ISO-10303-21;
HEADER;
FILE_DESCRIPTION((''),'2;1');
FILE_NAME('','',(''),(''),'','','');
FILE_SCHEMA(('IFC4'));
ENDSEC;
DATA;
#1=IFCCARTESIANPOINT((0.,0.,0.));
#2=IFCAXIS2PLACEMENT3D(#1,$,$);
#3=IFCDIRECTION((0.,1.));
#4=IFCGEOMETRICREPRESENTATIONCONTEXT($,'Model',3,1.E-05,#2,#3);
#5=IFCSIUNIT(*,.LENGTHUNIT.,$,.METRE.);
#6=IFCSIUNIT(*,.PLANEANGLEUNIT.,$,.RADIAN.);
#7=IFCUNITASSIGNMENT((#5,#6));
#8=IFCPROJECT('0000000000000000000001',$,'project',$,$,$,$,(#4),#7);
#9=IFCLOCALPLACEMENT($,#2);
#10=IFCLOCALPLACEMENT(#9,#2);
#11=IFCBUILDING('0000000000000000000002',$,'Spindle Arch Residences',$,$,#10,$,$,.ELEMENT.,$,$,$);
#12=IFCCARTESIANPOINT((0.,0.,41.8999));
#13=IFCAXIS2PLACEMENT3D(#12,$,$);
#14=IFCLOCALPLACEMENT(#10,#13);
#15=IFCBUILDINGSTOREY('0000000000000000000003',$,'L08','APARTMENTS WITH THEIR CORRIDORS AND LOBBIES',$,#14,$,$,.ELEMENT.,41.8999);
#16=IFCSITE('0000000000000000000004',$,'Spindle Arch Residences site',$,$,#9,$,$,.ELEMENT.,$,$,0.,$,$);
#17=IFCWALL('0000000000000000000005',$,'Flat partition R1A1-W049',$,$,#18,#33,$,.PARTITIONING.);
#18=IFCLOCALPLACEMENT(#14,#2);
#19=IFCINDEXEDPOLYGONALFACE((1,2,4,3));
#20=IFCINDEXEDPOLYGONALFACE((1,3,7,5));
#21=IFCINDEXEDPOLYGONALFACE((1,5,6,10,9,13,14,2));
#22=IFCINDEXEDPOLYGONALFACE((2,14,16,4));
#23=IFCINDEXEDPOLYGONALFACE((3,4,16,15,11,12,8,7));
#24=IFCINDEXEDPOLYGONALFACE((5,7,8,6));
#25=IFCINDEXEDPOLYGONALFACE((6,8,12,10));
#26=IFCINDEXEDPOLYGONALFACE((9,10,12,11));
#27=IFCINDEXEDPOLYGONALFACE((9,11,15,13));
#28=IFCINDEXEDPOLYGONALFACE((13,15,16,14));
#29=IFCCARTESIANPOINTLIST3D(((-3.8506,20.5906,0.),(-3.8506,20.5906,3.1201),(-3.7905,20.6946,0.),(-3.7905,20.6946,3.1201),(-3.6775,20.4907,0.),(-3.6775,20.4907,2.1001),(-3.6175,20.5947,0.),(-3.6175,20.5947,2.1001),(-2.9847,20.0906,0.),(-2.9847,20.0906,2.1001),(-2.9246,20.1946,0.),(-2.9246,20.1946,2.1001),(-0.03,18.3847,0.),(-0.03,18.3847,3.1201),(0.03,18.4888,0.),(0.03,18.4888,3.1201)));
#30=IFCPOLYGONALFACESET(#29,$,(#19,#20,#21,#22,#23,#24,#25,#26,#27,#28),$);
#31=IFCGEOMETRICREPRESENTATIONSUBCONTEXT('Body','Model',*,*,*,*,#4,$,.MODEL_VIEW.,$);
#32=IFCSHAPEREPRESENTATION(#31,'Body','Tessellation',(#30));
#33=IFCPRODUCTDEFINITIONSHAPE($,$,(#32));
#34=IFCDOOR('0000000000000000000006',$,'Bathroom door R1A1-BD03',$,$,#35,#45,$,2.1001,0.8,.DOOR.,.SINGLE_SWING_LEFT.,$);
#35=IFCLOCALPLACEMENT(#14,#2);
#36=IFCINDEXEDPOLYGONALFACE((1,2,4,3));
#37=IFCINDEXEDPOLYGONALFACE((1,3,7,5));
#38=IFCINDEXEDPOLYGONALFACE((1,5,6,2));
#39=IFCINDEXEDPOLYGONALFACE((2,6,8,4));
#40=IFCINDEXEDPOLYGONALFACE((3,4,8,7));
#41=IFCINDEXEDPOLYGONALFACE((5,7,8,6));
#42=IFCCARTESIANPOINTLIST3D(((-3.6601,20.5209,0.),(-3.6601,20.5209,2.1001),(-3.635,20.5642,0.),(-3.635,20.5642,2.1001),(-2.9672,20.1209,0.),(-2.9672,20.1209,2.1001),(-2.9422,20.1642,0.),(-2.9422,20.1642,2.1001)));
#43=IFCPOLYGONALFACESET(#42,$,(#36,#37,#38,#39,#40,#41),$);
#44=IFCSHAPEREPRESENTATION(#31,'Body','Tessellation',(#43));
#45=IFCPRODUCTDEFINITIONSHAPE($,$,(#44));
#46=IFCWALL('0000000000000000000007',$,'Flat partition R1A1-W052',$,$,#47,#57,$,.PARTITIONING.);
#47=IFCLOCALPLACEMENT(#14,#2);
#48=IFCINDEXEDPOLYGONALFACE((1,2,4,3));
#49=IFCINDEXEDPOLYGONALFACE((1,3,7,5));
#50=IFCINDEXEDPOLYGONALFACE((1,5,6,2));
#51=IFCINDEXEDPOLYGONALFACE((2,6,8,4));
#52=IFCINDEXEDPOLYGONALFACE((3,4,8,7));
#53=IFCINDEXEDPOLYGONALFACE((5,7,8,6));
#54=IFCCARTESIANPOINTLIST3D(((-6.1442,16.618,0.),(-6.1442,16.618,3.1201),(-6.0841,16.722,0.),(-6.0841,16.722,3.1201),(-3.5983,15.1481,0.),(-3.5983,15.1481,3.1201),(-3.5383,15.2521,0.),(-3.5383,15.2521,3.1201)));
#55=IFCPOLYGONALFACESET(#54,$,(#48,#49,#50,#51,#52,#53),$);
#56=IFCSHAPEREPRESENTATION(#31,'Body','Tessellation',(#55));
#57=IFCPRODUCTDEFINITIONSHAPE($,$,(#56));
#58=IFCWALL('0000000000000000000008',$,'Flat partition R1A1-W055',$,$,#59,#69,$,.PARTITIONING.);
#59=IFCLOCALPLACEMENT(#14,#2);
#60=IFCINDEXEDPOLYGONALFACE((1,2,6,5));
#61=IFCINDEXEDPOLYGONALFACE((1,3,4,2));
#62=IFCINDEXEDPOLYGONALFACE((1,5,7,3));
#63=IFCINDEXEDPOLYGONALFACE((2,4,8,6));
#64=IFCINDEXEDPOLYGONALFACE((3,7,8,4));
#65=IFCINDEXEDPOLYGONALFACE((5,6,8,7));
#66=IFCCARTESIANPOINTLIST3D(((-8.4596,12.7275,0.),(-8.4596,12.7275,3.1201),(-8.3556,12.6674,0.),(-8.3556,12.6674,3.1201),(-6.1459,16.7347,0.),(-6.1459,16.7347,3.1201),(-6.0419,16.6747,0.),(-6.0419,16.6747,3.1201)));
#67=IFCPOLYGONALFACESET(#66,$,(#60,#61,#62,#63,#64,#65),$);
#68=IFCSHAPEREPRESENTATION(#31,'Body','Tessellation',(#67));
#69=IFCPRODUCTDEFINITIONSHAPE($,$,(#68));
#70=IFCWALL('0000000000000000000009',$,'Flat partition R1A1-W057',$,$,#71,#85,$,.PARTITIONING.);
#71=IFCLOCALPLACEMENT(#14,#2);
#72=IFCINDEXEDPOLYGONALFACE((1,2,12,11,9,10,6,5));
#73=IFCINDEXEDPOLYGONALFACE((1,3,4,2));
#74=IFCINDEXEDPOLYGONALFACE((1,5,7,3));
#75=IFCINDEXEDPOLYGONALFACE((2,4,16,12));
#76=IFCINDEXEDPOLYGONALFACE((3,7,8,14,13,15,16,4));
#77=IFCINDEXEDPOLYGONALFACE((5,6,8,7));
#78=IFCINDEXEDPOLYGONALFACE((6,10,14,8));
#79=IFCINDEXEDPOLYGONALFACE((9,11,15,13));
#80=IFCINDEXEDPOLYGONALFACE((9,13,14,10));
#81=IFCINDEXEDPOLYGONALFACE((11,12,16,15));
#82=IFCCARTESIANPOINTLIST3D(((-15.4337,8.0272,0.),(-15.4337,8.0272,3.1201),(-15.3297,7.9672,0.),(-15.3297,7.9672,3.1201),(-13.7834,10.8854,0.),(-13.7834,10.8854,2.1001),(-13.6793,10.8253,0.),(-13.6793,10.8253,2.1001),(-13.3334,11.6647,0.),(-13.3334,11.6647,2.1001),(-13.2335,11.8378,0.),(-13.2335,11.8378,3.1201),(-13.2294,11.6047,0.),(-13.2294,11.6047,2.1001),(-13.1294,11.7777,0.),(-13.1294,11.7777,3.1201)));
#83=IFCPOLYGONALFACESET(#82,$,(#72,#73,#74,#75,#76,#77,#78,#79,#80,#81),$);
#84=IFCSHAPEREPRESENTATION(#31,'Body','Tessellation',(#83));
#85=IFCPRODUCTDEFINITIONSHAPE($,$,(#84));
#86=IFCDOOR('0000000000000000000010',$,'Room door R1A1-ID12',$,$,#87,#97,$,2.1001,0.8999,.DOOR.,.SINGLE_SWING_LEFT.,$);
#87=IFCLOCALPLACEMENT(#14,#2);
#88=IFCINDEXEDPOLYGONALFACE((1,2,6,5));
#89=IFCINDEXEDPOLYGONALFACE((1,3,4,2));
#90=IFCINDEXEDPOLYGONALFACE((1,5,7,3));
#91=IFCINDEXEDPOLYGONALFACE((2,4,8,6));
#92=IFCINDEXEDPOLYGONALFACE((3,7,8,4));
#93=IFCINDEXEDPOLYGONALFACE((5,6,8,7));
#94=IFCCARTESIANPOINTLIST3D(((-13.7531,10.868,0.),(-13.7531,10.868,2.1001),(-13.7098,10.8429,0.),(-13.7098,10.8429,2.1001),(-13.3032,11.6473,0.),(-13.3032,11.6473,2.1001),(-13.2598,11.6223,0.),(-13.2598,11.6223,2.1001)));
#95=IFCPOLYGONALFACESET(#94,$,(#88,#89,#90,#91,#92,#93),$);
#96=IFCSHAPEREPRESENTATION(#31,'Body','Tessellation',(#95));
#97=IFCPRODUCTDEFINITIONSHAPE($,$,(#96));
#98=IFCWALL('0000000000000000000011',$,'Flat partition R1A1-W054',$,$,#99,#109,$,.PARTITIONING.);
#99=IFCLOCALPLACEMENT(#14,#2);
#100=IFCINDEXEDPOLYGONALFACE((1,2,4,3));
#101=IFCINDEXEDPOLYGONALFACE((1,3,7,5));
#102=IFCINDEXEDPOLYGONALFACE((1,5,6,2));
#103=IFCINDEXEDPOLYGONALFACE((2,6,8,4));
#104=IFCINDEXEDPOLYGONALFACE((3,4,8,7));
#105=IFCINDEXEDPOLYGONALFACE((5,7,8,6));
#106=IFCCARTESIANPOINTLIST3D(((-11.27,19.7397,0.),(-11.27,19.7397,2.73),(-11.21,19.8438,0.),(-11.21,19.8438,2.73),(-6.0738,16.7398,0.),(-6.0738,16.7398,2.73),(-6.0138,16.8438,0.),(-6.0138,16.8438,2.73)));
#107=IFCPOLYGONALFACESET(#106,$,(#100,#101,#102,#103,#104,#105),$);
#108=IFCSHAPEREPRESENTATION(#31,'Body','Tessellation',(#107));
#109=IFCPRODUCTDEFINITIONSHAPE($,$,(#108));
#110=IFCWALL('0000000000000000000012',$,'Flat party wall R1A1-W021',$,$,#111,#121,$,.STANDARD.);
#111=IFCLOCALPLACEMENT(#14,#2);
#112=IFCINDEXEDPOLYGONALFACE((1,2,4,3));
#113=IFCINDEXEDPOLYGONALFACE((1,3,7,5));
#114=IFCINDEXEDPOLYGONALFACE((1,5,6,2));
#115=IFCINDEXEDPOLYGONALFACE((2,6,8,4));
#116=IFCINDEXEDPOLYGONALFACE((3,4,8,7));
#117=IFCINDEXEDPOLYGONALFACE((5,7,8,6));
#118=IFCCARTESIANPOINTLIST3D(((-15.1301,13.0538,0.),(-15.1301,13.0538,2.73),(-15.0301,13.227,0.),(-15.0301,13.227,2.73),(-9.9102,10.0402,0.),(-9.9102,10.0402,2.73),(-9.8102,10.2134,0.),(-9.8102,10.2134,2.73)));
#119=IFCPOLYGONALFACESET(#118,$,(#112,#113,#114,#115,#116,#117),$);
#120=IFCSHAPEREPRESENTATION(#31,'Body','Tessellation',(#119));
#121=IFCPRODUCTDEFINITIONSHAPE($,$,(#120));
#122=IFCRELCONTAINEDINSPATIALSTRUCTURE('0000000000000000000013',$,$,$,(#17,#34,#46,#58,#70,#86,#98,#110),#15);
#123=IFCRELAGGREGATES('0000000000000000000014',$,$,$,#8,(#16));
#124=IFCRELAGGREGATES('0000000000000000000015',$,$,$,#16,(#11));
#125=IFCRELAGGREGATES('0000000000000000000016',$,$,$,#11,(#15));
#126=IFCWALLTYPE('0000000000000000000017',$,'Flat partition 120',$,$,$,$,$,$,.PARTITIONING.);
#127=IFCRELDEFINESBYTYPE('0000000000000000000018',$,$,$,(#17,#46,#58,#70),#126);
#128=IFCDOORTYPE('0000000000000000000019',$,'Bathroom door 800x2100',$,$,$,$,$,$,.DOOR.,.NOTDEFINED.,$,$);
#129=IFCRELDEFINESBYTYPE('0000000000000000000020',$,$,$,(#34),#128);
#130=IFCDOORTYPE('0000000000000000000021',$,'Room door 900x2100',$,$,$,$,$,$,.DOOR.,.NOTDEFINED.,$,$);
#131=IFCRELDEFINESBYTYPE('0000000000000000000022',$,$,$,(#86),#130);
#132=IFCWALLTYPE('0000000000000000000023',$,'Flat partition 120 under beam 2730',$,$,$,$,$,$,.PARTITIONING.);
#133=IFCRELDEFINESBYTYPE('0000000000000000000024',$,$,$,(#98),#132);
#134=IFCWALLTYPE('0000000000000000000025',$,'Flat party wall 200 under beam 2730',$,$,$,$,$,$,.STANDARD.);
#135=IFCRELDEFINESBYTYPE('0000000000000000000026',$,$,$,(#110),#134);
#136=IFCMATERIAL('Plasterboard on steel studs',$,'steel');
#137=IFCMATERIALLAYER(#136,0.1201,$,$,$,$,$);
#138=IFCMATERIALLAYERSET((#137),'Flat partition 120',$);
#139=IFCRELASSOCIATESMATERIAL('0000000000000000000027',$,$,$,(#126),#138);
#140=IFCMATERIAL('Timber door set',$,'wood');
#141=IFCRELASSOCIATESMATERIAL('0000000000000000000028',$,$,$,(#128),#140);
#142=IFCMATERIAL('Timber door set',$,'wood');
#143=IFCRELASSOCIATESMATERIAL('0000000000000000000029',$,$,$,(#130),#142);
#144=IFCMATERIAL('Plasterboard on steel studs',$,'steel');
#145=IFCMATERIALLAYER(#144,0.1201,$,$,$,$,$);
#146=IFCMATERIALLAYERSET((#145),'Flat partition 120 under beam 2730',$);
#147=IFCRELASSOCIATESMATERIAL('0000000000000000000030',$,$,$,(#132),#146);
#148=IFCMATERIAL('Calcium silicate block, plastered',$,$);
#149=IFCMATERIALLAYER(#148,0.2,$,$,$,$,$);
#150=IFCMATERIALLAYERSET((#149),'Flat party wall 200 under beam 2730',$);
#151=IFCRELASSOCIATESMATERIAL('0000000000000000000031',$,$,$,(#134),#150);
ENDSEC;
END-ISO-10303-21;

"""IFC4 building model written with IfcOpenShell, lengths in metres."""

from ifc_helpers import new_model, si_unit, direction, frame, frame_2d, origin, place, context, subcontext, project, spatial, rectangle, extrude, material, layer, layer_set, type_object, element, fill, save


model = new_model("IFC4")

# Units and contexts
model_context = context("Model", 3, precision=1e-05, world=origin(), true_north=direction((0.0, 1.0)))
body_context = subcontext(model_context, "Body", "Model", "MODEL_VIEW")
ifc_project = project(units=[si_unit("LENGTHUNIT", "METRE"), si_unit("PLANEANGLEUNIT", "RADIAN")], contexts=[model_context])

# Site, building, storey
site_placement = place(None, origin())
site = spatial("IfcSite", under=ifc_project, at=site_placement, Name="Spindle Arch Residences site", CompositionType="ELEMENT", RefElevation=0.0)
building_placement = place(site_placement, origin())
building = spatial("IfcBuilding", under=site, at=building_placement, Name="Spindle Arch Residences", CompositionType="ELEMENT")
storey_placement = place(building_placement, frame((0.0, 0.0, 41.8999)))
storey = spatial("IfcBuildingStorey", under=building, at=storey_placement, Name="L08", Description="APARTMENTS WITH THEIR CORRIDORS AND LOBBIES", CompositionType="ELEMENT", Elevation=41.8999)

# Shared definitions
ifc_material_1 = material(Name="Plasterboard on steel studs", Category="steel")
ifc_layer_1 = layer(ifc_material_1, 0.1201)
ifc_layer_set_1 = layer_set([ifc_layer_1], Name="Flat partition 120")
wall_type_1 = type_object("IfcWallType", Name="Flat partition 120", PredefinedType="PARTITIONING", material=ifc_layer_set_1)
ifc_material_2 = material(Name="Timber door set", Category="wood")
door_type_1 = type_object("IfcDoorType", Name="Bathroom door 800x2100", OperationType="NOTDEFINED", PredefinedType="DOOR", material=ifc_material_2)
ifc_material_3 = material(Name="Timber door set", Category="wood")
door_type_2 = type_object("IfcDoorType", Name="Room door 900x2100", OperationType="NOTDEFINED", PredefinedType="DOOR", material=ifc_material_3)

# Wall, opening, door
wall_1_placement = place(storey_placement, frame((-3.8206, 20.6426, 0.0), z_axis=(0.0, 0.0, 1.0), x_axis=(0.866024, -0.500002, 0.0)))
wall_1 = element("IfcWall", 1, at=wall_1_placement, inside=storey, type_object=wall_type_1, Name="Flat partition R1A1-W049", PredefinedType="PARTITIONING", context=body_context, shape_type="SweptSolid", body=[
    extrude(rectangle(XDim=4.4116, YDim=0.1201, at=frame_2d((2.2058, 0.0))), origin(), (0.0, 0.0, 1.0), 3.1201),
])
opening_1_placement = place(wall_1_placement, frame((0.2, 0.0, 0.0)))
opening_1 = element("IfcOpeningElement", 2, at=opening_1_placement, cuts=wall_1, PredefinedType="OPENING", context=body_context, shape_type="SweptSolid", body=[
    extrude(rectangle(XDim=0.8, YDim=2.1001, at=frame_2d((0.3999, 1.05))), frame((0.0, 0.0701, 0.0), z_axis=(0.0, -1.0, 0.0), x_axis=(1.0, 0.0, 0.0)), (0.0, 0.0, 1.0), 0.1401),
])
door_1_placement = place(opening_1_placement, origin())
door_1 = element("IfcDoor", 3, at=door_1_placement, inside=storey, type_object=door_type_1, Name="Bathroom door R1A1-BD03", OperationType="SINGLE_SWING_LEFT", OverallHeight=2.1001, OverallWidth=0.8, PredefinedType="DOOR", context=body_context, shape_type="SweptSolid", body=[
    extrude(rectangle(XDim=0.8, YDim=2.1001, at=frame_2d((0.3999, 1.05))), frame((0.0, 0.0249, 0.0), z_axis=(0.0, -1.0, 0.0), x_axis=(1.0, 0.0, 0.0)), (0.0, 0.0, 1.0), 0.05),
])
fill(opening_1, door_1)

# Walls
wall_2_placement = place(storey_placement, frame((-6.114, 16.6699, 0.0), z_axis=(0.0, 0.0, 1.0), x_axis=(0.866011, -0.500024, 0.0)))
element("IfcWall", 4, at=wall_2_placement, inside=storey, type_object=wall_type_1, Name="Flat partition R1A1-W052", PredefinedType="PARTITIONING", context=body_context, shape_type="SweptSolid", body=[
    extrude(rectangle(XDim=2.9397, YDim=0.1201, at=frame_2d((1.4697, 0.0))), origin(), (0.0, 0.0, 1.0), 3.1201),
])
wall_3_placement = place(storey_placement, frame((-6.094, 16.7046, 0.0), z_axis=(0.0, 0.0, 1.0), x_axis=(-0.500015, -0.866017, 0.0)))
element("IfcWall", 5, at=wall_3_placement, inside=storey, type_object=wall_type_1, Name="Flat partition R1A1-W055", PredefinedType="PARTITIONING", context=body_context, shape_type="SweptSolid", body=[
    extrude(rectangle(XDim=4.6272, YDim=0.1201, at=frame_2d((2.3135, 0.0))), origin(), (0.0, 0.0, 1.0), 3.1201),
])

# Wall, opening, door
wall_4_placement = place(storey_placement, frame((-13.1814, 11.8079, 0.0), z_axis=(0.0, 0.0, 1.0), x_axis=(-0.50003, -0.866008, 0.0)))
wall_4 = element("IfcWall", 6, at=wall_4_placement, inside=storey, type_object=wall_type_1, Name="Flat partition R1A1-W057", PredefinedType="PARTITIONING", context=body_context, shape_type="SweptSolid", body=[
    extrude(rectangle(XDim=4.4001, YDim=0.1201, at=frame_2d((2.2002, 0.0))), origin(), (0.0, 0.0, 1.0), 3.1201),
])
opening_2_placement = place(wall_4_placement, frame((0.2, 0.0, 0.0)))
opening_2 = element("IfcOpeningElement", 7, at=opening_2_placement, cuts=wall_4, PredefinedType="OPENING", context=body_context, shape_type="SweptSolid", body=[
    extrude(rectangle(XDim=0.8999, YDim=2.1001, at=frame_2d((0.45, 1.05))), frame((0.0, 0.0701, 0.0), z_axis=(0.0, -1.0, 0.0), x_axis=(1.0, 0.0, 0.0)), (0.0, 0.0, 1.0), 0.1401),
])
door_2_placement = place(opening_2_placement, origin())
door_2 = element("IfcDoor", 8, at=door_2_placement, inside=storey, type_object=door_type_2, Name="Room door R1A1-ID12", OperationType="SINGLE_SWING_LEFT", OverallHeight=2.1001, OverallWidth=0.8999, PredefinedType="DOOR", context=body_context, shape_type="SweptSolid", body=[
    extrude(rectangle(XDim=0.8999, YDim=2.1001, at=frame_2d((0.45, 1.05))), frame((0.0, 0.0249, 0.0), z_axis=(0.0, -1.0, 0.0), x_axis=(1.0, 0.0, 0.0)), (0.0, 0.0, 1.0), 0.05),
])
fill(opening_2, door_2)

# Walls
ifc_material_4 = material(Name="Plasterboard on steel studs", Category="steel")
ifc_layer_2 = layer(ifc_material_4, 0.1201)
ifc_layer_set_2 = layer_set([ifc_layer_2], Name="Flat partition 120 under beam 2730")
wall_type_2 = type_object("IfcWallType", Name="Flat partition 120 under beam 2730", PredefinedType="PARTITIONING", material=ifc_layer_set_2)
wall_5_placement = place(storey_placement, frame((-11.24, 19.7917, 0.0), z_axis=(0.0, 0.0, 1.0), x_axis=(0.866031, -0.49999, 0.0)))
element("IfcWall", 9, at=wall_5_placement, inside=storey, type_object=wall_type_2, Name="Flat partition R1A1-W054", PredefinedType="PARTITIONING", context=body_context, shape_type="SweptSolid", body=[
    extrude(rectangle(XDim=6.0, YDim=0.1201, at=frame_2d((3.0, 0.0))), origin(), (0.0, 0.0, 1.0), 2.73),
])
ifc_material_5 = material(Name="Calcium silicate block, plastered")
ifc_layer_3 = layer(ifc_material_5, 0.2)
ifc_layer_set_3 = layer_set([ifc_layer_3], Name="Flat party wall 200 under beam 2730")
wall_type_3 = type_object("IfcWallType", Name="Flat party wall 200 under beam 2730", PredefinedType="STANDARD", material=ifc_layer_set_3)
wall_6_placement = place(storey_placement, frame((-15.0801, 13.1404, 0.0), z_axis=(0.0, 0.0, 1.0), x_axis=(0.866031, -0.49999, 0.0)))
element("IfcWall", 10, at=wall_6_placement, inside=storey, type_object=wall_type_3, Name="Flat party wall R1A1-W021", PredefinedType="STANDARD", context=body_context, shape_type="SweptSolid", body=[
    extrude(rectangle(XDim=6.0273, YDim=0.2, at=frame_2d((3.0137, 0.0))), origin(), (0.0, 0.0, 1.0), 2.73),
])

save(model, "model.ifc")
